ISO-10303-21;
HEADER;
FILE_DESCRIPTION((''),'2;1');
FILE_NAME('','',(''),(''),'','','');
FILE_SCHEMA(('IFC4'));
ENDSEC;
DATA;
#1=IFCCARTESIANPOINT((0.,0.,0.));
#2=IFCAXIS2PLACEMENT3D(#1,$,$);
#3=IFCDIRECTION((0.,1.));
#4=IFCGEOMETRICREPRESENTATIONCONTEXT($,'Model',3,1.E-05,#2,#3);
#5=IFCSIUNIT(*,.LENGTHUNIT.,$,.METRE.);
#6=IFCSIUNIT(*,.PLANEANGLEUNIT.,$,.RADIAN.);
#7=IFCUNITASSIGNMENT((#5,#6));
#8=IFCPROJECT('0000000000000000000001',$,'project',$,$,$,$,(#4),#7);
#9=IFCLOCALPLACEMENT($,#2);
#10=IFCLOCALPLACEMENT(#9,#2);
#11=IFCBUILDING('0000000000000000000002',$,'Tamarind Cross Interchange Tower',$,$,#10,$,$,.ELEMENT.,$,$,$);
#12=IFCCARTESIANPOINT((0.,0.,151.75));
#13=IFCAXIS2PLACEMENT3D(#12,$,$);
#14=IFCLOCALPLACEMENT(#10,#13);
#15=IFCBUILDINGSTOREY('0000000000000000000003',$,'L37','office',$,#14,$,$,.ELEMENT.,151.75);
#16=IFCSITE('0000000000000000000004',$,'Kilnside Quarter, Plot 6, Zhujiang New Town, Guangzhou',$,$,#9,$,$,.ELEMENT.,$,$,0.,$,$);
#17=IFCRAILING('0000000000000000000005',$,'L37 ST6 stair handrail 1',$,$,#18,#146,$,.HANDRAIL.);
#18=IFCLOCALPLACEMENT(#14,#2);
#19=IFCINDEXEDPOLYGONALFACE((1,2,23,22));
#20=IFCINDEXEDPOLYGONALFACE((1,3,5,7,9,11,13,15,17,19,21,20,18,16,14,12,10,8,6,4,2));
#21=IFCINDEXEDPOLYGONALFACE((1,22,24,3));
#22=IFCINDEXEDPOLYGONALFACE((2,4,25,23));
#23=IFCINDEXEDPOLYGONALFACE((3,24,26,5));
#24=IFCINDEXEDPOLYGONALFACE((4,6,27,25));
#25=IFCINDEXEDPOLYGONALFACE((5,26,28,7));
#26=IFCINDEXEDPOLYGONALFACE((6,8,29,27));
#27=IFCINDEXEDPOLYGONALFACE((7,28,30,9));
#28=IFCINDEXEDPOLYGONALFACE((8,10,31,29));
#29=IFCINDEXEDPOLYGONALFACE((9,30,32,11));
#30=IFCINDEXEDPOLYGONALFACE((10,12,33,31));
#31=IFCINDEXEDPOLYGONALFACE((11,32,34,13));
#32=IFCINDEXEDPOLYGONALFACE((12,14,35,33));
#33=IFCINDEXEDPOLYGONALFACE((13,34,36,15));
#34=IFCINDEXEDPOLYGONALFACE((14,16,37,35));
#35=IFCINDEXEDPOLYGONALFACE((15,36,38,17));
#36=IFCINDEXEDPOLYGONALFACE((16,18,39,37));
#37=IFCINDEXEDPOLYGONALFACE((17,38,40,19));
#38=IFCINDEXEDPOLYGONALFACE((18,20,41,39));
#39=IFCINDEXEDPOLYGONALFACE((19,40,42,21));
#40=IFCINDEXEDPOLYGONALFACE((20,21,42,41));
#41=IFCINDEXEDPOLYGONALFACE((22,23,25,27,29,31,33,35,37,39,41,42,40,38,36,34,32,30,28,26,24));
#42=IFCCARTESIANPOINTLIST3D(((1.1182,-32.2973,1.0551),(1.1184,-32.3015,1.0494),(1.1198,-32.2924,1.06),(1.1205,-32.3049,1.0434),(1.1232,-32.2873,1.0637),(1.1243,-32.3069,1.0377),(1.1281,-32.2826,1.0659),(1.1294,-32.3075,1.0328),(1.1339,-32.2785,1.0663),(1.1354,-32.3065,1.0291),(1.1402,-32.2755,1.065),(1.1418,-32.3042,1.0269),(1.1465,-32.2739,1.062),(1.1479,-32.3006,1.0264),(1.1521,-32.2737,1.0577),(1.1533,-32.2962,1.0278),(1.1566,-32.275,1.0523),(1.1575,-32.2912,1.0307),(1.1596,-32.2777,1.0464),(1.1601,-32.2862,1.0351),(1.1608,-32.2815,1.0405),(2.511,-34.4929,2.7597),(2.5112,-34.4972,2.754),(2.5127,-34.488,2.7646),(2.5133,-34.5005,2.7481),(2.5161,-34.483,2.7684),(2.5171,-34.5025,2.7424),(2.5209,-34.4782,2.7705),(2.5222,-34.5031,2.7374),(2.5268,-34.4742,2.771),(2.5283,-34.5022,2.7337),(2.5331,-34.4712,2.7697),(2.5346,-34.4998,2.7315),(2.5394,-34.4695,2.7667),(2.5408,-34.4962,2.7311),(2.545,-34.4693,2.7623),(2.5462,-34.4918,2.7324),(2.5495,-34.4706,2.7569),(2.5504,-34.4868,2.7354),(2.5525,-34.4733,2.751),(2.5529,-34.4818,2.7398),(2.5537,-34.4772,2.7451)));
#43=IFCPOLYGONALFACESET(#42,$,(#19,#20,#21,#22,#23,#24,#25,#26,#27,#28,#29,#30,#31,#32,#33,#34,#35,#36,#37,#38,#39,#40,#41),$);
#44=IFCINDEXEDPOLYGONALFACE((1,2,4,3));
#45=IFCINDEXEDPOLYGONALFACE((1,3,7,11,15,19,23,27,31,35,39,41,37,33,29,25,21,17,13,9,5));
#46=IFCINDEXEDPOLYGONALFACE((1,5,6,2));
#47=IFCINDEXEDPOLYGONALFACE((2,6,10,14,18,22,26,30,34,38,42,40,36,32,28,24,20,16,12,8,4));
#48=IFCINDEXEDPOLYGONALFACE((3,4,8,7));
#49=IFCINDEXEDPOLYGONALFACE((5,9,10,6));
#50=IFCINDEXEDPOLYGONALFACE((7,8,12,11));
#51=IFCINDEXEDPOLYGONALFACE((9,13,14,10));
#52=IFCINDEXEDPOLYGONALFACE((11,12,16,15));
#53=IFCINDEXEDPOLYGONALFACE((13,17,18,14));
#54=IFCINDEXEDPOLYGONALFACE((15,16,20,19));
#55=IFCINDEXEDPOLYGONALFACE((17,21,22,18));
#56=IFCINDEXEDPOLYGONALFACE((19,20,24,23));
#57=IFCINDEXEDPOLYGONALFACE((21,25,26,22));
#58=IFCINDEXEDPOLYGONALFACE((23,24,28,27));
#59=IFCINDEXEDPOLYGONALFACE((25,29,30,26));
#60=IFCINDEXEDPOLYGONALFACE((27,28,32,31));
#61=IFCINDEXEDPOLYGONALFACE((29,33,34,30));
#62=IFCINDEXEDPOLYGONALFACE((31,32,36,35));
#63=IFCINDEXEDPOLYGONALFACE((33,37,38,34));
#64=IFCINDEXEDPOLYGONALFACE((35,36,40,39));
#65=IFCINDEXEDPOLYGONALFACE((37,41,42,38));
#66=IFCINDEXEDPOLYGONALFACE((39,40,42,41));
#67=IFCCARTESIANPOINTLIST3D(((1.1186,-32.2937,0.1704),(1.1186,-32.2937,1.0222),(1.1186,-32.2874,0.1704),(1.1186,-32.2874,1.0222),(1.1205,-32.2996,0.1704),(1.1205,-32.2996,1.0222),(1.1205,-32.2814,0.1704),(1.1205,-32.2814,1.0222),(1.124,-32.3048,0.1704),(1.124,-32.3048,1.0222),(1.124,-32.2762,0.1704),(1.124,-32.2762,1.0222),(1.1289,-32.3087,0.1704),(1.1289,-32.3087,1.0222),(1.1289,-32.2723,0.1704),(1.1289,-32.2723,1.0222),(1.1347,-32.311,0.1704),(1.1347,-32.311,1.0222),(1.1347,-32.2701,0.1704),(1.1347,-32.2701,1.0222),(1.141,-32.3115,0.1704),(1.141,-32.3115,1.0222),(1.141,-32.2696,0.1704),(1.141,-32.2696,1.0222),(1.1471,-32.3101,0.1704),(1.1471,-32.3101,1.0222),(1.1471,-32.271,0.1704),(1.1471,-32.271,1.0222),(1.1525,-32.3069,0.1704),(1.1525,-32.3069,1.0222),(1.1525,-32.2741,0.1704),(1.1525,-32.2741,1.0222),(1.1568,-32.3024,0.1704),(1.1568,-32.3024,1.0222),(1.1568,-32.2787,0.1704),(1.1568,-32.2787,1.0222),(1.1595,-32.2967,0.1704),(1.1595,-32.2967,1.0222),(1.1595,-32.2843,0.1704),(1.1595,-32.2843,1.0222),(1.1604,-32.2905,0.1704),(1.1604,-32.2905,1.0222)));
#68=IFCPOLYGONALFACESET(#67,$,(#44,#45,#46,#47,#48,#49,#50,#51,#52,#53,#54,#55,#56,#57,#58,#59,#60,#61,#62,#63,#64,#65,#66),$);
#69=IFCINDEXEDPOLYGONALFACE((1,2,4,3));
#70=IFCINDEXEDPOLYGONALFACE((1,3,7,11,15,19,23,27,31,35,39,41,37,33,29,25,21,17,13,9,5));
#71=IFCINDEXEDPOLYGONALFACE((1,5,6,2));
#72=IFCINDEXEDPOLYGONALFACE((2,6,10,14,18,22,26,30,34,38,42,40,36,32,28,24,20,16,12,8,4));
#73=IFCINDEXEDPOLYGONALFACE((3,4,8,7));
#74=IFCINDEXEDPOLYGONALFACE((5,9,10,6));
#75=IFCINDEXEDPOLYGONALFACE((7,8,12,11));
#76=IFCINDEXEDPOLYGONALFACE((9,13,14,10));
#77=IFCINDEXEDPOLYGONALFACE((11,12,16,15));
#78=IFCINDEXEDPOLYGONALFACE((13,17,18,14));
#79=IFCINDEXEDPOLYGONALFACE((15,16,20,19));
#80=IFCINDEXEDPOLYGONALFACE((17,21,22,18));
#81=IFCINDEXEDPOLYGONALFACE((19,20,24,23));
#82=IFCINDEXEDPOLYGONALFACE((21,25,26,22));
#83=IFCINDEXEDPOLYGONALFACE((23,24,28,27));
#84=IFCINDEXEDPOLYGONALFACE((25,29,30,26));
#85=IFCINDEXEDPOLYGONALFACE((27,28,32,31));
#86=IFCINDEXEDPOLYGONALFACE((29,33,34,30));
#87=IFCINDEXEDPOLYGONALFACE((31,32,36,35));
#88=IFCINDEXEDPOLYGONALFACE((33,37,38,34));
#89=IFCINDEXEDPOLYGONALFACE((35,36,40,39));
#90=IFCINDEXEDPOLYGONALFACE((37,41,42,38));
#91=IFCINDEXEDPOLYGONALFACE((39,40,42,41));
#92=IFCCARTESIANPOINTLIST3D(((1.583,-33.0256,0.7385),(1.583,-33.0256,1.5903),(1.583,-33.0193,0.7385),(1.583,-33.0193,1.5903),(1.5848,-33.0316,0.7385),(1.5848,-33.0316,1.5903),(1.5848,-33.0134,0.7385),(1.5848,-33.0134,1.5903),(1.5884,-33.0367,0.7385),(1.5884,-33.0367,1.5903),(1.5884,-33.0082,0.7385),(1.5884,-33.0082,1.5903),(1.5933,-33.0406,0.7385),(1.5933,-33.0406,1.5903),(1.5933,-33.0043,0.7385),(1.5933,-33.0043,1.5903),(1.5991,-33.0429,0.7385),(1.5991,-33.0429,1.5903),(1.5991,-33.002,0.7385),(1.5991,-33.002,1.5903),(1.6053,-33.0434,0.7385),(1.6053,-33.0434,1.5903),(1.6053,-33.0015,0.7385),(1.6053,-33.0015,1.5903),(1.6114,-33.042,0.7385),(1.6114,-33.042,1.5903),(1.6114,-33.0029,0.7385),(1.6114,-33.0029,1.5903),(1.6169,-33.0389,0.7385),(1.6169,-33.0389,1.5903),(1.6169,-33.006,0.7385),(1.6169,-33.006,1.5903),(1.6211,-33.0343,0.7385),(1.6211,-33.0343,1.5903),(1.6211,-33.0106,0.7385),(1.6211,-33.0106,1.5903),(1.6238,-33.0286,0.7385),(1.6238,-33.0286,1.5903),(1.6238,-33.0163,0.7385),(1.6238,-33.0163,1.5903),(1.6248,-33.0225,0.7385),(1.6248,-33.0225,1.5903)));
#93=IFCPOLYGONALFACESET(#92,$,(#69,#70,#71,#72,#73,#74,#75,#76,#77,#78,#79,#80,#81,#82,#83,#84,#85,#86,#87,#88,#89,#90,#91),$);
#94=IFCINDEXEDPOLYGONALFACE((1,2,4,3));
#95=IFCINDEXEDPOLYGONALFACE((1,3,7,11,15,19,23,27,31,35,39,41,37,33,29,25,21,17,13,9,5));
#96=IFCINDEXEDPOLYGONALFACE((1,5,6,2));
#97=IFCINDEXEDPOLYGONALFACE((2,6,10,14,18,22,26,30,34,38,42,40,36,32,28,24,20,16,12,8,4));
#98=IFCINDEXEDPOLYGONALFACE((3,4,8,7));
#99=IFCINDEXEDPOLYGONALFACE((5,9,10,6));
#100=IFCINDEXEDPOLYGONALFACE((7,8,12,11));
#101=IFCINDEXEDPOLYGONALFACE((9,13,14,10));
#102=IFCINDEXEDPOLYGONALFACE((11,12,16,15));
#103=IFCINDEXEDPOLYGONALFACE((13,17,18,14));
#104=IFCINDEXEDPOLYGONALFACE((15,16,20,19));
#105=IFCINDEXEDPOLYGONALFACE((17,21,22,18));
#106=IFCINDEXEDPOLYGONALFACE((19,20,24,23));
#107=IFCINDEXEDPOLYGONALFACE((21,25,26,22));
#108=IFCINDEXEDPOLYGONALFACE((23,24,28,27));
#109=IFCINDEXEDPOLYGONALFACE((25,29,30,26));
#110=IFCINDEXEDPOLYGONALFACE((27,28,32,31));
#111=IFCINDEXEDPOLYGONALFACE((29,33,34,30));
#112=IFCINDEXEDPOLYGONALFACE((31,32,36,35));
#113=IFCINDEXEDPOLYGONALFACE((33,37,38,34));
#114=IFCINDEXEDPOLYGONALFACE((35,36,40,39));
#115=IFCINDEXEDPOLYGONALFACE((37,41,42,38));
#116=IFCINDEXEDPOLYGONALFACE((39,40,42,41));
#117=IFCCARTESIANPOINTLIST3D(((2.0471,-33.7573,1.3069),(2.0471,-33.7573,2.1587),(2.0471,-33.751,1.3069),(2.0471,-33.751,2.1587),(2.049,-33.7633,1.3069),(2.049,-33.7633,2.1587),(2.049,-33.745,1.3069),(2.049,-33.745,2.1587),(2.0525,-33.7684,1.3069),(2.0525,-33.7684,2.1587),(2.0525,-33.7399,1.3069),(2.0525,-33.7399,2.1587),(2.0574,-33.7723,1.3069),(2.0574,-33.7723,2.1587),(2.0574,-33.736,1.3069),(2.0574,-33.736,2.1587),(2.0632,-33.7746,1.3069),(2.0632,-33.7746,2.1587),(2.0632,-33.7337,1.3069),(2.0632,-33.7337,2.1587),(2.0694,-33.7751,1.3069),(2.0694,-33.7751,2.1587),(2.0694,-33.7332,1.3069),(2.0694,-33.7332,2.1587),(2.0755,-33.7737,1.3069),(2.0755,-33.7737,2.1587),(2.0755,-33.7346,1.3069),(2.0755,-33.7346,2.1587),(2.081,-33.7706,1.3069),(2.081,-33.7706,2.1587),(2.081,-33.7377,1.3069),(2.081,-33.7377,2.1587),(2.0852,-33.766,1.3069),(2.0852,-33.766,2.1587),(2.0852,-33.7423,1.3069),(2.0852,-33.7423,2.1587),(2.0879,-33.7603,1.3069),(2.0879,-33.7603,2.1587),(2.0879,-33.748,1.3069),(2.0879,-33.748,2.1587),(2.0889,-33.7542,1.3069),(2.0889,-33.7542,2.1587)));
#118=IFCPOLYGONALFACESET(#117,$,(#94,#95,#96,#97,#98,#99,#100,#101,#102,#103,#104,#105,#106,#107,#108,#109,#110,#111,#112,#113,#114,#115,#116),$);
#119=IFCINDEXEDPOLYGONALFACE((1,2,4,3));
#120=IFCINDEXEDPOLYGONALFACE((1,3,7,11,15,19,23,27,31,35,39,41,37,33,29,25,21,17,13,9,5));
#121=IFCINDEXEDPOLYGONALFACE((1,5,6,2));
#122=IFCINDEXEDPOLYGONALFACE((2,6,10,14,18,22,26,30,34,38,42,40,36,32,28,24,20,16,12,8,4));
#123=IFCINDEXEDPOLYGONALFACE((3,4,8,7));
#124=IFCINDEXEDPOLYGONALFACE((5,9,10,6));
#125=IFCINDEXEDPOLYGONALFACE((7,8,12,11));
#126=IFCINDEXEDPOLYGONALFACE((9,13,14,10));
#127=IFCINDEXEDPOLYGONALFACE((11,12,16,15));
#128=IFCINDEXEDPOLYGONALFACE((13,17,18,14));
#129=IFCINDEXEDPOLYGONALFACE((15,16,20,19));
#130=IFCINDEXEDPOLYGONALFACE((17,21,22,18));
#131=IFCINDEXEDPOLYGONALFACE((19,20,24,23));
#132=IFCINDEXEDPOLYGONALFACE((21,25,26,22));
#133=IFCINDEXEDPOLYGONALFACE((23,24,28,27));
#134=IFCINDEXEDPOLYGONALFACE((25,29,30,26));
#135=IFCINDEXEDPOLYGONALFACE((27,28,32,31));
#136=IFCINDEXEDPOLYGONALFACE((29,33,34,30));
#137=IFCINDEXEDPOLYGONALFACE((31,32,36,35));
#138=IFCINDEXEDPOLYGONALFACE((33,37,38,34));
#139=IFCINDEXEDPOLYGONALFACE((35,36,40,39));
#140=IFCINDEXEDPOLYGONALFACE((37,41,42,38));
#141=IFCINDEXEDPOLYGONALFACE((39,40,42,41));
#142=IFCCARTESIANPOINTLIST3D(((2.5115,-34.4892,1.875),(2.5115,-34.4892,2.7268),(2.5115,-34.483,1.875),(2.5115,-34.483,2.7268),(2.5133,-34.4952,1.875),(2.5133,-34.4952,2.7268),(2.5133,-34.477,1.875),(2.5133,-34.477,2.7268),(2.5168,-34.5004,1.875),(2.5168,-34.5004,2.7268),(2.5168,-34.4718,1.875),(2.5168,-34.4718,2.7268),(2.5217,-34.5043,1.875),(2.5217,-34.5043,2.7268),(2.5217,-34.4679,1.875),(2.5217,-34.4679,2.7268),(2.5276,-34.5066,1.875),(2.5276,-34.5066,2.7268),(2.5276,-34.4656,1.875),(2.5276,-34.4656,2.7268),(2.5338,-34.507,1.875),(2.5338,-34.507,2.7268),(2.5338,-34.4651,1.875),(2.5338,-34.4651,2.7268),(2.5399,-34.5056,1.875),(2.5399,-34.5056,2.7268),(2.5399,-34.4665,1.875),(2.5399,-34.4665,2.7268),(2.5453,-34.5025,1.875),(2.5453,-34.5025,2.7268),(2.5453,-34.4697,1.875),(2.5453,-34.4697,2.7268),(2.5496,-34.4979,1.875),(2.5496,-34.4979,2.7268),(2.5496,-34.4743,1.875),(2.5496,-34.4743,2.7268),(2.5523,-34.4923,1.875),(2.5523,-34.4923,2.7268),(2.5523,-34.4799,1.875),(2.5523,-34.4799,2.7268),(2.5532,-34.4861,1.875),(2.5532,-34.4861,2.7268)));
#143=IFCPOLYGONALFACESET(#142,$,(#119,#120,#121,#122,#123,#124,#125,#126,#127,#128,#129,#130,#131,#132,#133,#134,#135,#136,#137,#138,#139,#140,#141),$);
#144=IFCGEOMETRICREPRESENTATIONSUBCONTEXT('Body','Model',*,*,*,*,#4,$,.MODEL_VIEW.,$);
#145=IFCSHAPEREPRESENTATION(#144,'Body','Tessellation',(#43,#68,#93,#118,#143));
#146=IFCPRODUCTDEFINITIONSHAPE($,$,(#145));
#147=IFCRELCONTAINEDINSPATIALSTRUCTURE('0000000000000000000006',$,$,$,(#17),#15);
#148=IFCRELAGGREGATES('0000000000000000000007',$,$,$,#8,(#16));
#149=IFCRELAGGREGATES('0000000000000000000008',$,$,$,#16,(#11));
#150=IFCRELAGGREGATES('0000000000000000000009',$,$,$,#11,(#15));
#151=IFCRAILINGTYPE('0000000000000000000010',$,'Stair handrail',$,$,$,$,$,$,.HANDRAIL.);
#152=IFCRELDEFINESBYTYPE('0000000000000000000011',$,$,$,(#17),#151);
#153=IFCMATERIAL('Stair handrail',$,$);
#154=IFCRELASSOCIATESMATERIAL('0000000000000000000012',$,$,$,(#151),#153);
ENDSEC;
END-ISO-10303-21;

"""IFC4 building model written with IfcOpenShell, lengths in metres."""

from ifc_helpers import new_model, si_unit, direction, frame, origin, origin_2d, place, context, subcontext, project, spatial, circle, extrude, material, type_object, element, save


model = new_model("IFC4")

# Units and contexts
model_context = context("Model", 3, precision=1e-05, world=origin(), true_north=direction((0.0, 1.0)))
body_context = subcontext(model_context, "Body", "Model", "MODEL_VIEW")
ifc_project = project(units=[si_unit("LENGTHUNIT", "METRE"), si_unit("PLANEANGLEUNIT", "RADIAN")], contexts=[model_context])

# Site, building, storey
site_placement = place(None, origin())
site = spatial("IfcSite", under=ifc_project, at=site_placement, Name="Kilnside Quarter, Plot 6, Zhujiang New Town, Guangzhou", CompositionType="ELEMENT", RefElevation=0.0)
building_placement = place(site_placement, origin())
building = spatial("IfcBuilding", under=site, at=building_placement, Name="Tamarind Cross Interchange Tower", CompositionType="ELEMENT")
storey_placement = place(building_placement, frame((0.0, 0.0, 151.75)))
storey = spatial("IfcBuildingStorey", under=building, at=storey_placement, Name="L37", Description="office", CompositionType="ELEMENT", Elevation=151.75)

# Railing
ifc_material_1 = material(Name="Stair handrail")
railing_type_1 = type_object("IfcRailingType", Name="Stair handrail", PredefinedType="HANDRAIL", material=ifc_material_1)
railing_1_placement = place(storey_placement, frame((1.1394, -32.2905, 0.1704)))
element("IfcRailing", 1, at=railing_1_placement, inside=storey, type_object=railing_type_1, Name="L37 ST6 stair handrail 1", PredefinedType="HANDRAIL", context=body_context, shape_type="SweptSolid", body=[
    extrude(circle(Radius=0.0239, at=origin_2d()), frame((0.0, 0.0, 0.876), z_axis=(0.447993, -0.706188, 0.548271), x_axis=(0.844418, 0.535684, 0.0)), (0.0, 0.0, 1.0), 3.1091),
    extrude(circle(Radius=0.021, at=origin_2d()), origin(), (0.0, 0.0, 1.0), 0.8518),
    extrude(circle(Radius=0.021, at=origin_2d()), frame((0.4644, -0.7319, 0.5681)), (0.0, 0.0, 1.0), 0.8518),
    extrude(circle(Radius=0.021, at=origin_2d()), frame((0.9285, -1.4636, 1.1365)), (0.0, 0.0, 1.0), 0.8518),
    extrude(circle(Radius=0.021, at=origin_2d()), frame((1.3928, -2.1956, 1.7046)), (0.0, 0.0, 1.0), 0.8518),
])

save(model, "model.ifc")
